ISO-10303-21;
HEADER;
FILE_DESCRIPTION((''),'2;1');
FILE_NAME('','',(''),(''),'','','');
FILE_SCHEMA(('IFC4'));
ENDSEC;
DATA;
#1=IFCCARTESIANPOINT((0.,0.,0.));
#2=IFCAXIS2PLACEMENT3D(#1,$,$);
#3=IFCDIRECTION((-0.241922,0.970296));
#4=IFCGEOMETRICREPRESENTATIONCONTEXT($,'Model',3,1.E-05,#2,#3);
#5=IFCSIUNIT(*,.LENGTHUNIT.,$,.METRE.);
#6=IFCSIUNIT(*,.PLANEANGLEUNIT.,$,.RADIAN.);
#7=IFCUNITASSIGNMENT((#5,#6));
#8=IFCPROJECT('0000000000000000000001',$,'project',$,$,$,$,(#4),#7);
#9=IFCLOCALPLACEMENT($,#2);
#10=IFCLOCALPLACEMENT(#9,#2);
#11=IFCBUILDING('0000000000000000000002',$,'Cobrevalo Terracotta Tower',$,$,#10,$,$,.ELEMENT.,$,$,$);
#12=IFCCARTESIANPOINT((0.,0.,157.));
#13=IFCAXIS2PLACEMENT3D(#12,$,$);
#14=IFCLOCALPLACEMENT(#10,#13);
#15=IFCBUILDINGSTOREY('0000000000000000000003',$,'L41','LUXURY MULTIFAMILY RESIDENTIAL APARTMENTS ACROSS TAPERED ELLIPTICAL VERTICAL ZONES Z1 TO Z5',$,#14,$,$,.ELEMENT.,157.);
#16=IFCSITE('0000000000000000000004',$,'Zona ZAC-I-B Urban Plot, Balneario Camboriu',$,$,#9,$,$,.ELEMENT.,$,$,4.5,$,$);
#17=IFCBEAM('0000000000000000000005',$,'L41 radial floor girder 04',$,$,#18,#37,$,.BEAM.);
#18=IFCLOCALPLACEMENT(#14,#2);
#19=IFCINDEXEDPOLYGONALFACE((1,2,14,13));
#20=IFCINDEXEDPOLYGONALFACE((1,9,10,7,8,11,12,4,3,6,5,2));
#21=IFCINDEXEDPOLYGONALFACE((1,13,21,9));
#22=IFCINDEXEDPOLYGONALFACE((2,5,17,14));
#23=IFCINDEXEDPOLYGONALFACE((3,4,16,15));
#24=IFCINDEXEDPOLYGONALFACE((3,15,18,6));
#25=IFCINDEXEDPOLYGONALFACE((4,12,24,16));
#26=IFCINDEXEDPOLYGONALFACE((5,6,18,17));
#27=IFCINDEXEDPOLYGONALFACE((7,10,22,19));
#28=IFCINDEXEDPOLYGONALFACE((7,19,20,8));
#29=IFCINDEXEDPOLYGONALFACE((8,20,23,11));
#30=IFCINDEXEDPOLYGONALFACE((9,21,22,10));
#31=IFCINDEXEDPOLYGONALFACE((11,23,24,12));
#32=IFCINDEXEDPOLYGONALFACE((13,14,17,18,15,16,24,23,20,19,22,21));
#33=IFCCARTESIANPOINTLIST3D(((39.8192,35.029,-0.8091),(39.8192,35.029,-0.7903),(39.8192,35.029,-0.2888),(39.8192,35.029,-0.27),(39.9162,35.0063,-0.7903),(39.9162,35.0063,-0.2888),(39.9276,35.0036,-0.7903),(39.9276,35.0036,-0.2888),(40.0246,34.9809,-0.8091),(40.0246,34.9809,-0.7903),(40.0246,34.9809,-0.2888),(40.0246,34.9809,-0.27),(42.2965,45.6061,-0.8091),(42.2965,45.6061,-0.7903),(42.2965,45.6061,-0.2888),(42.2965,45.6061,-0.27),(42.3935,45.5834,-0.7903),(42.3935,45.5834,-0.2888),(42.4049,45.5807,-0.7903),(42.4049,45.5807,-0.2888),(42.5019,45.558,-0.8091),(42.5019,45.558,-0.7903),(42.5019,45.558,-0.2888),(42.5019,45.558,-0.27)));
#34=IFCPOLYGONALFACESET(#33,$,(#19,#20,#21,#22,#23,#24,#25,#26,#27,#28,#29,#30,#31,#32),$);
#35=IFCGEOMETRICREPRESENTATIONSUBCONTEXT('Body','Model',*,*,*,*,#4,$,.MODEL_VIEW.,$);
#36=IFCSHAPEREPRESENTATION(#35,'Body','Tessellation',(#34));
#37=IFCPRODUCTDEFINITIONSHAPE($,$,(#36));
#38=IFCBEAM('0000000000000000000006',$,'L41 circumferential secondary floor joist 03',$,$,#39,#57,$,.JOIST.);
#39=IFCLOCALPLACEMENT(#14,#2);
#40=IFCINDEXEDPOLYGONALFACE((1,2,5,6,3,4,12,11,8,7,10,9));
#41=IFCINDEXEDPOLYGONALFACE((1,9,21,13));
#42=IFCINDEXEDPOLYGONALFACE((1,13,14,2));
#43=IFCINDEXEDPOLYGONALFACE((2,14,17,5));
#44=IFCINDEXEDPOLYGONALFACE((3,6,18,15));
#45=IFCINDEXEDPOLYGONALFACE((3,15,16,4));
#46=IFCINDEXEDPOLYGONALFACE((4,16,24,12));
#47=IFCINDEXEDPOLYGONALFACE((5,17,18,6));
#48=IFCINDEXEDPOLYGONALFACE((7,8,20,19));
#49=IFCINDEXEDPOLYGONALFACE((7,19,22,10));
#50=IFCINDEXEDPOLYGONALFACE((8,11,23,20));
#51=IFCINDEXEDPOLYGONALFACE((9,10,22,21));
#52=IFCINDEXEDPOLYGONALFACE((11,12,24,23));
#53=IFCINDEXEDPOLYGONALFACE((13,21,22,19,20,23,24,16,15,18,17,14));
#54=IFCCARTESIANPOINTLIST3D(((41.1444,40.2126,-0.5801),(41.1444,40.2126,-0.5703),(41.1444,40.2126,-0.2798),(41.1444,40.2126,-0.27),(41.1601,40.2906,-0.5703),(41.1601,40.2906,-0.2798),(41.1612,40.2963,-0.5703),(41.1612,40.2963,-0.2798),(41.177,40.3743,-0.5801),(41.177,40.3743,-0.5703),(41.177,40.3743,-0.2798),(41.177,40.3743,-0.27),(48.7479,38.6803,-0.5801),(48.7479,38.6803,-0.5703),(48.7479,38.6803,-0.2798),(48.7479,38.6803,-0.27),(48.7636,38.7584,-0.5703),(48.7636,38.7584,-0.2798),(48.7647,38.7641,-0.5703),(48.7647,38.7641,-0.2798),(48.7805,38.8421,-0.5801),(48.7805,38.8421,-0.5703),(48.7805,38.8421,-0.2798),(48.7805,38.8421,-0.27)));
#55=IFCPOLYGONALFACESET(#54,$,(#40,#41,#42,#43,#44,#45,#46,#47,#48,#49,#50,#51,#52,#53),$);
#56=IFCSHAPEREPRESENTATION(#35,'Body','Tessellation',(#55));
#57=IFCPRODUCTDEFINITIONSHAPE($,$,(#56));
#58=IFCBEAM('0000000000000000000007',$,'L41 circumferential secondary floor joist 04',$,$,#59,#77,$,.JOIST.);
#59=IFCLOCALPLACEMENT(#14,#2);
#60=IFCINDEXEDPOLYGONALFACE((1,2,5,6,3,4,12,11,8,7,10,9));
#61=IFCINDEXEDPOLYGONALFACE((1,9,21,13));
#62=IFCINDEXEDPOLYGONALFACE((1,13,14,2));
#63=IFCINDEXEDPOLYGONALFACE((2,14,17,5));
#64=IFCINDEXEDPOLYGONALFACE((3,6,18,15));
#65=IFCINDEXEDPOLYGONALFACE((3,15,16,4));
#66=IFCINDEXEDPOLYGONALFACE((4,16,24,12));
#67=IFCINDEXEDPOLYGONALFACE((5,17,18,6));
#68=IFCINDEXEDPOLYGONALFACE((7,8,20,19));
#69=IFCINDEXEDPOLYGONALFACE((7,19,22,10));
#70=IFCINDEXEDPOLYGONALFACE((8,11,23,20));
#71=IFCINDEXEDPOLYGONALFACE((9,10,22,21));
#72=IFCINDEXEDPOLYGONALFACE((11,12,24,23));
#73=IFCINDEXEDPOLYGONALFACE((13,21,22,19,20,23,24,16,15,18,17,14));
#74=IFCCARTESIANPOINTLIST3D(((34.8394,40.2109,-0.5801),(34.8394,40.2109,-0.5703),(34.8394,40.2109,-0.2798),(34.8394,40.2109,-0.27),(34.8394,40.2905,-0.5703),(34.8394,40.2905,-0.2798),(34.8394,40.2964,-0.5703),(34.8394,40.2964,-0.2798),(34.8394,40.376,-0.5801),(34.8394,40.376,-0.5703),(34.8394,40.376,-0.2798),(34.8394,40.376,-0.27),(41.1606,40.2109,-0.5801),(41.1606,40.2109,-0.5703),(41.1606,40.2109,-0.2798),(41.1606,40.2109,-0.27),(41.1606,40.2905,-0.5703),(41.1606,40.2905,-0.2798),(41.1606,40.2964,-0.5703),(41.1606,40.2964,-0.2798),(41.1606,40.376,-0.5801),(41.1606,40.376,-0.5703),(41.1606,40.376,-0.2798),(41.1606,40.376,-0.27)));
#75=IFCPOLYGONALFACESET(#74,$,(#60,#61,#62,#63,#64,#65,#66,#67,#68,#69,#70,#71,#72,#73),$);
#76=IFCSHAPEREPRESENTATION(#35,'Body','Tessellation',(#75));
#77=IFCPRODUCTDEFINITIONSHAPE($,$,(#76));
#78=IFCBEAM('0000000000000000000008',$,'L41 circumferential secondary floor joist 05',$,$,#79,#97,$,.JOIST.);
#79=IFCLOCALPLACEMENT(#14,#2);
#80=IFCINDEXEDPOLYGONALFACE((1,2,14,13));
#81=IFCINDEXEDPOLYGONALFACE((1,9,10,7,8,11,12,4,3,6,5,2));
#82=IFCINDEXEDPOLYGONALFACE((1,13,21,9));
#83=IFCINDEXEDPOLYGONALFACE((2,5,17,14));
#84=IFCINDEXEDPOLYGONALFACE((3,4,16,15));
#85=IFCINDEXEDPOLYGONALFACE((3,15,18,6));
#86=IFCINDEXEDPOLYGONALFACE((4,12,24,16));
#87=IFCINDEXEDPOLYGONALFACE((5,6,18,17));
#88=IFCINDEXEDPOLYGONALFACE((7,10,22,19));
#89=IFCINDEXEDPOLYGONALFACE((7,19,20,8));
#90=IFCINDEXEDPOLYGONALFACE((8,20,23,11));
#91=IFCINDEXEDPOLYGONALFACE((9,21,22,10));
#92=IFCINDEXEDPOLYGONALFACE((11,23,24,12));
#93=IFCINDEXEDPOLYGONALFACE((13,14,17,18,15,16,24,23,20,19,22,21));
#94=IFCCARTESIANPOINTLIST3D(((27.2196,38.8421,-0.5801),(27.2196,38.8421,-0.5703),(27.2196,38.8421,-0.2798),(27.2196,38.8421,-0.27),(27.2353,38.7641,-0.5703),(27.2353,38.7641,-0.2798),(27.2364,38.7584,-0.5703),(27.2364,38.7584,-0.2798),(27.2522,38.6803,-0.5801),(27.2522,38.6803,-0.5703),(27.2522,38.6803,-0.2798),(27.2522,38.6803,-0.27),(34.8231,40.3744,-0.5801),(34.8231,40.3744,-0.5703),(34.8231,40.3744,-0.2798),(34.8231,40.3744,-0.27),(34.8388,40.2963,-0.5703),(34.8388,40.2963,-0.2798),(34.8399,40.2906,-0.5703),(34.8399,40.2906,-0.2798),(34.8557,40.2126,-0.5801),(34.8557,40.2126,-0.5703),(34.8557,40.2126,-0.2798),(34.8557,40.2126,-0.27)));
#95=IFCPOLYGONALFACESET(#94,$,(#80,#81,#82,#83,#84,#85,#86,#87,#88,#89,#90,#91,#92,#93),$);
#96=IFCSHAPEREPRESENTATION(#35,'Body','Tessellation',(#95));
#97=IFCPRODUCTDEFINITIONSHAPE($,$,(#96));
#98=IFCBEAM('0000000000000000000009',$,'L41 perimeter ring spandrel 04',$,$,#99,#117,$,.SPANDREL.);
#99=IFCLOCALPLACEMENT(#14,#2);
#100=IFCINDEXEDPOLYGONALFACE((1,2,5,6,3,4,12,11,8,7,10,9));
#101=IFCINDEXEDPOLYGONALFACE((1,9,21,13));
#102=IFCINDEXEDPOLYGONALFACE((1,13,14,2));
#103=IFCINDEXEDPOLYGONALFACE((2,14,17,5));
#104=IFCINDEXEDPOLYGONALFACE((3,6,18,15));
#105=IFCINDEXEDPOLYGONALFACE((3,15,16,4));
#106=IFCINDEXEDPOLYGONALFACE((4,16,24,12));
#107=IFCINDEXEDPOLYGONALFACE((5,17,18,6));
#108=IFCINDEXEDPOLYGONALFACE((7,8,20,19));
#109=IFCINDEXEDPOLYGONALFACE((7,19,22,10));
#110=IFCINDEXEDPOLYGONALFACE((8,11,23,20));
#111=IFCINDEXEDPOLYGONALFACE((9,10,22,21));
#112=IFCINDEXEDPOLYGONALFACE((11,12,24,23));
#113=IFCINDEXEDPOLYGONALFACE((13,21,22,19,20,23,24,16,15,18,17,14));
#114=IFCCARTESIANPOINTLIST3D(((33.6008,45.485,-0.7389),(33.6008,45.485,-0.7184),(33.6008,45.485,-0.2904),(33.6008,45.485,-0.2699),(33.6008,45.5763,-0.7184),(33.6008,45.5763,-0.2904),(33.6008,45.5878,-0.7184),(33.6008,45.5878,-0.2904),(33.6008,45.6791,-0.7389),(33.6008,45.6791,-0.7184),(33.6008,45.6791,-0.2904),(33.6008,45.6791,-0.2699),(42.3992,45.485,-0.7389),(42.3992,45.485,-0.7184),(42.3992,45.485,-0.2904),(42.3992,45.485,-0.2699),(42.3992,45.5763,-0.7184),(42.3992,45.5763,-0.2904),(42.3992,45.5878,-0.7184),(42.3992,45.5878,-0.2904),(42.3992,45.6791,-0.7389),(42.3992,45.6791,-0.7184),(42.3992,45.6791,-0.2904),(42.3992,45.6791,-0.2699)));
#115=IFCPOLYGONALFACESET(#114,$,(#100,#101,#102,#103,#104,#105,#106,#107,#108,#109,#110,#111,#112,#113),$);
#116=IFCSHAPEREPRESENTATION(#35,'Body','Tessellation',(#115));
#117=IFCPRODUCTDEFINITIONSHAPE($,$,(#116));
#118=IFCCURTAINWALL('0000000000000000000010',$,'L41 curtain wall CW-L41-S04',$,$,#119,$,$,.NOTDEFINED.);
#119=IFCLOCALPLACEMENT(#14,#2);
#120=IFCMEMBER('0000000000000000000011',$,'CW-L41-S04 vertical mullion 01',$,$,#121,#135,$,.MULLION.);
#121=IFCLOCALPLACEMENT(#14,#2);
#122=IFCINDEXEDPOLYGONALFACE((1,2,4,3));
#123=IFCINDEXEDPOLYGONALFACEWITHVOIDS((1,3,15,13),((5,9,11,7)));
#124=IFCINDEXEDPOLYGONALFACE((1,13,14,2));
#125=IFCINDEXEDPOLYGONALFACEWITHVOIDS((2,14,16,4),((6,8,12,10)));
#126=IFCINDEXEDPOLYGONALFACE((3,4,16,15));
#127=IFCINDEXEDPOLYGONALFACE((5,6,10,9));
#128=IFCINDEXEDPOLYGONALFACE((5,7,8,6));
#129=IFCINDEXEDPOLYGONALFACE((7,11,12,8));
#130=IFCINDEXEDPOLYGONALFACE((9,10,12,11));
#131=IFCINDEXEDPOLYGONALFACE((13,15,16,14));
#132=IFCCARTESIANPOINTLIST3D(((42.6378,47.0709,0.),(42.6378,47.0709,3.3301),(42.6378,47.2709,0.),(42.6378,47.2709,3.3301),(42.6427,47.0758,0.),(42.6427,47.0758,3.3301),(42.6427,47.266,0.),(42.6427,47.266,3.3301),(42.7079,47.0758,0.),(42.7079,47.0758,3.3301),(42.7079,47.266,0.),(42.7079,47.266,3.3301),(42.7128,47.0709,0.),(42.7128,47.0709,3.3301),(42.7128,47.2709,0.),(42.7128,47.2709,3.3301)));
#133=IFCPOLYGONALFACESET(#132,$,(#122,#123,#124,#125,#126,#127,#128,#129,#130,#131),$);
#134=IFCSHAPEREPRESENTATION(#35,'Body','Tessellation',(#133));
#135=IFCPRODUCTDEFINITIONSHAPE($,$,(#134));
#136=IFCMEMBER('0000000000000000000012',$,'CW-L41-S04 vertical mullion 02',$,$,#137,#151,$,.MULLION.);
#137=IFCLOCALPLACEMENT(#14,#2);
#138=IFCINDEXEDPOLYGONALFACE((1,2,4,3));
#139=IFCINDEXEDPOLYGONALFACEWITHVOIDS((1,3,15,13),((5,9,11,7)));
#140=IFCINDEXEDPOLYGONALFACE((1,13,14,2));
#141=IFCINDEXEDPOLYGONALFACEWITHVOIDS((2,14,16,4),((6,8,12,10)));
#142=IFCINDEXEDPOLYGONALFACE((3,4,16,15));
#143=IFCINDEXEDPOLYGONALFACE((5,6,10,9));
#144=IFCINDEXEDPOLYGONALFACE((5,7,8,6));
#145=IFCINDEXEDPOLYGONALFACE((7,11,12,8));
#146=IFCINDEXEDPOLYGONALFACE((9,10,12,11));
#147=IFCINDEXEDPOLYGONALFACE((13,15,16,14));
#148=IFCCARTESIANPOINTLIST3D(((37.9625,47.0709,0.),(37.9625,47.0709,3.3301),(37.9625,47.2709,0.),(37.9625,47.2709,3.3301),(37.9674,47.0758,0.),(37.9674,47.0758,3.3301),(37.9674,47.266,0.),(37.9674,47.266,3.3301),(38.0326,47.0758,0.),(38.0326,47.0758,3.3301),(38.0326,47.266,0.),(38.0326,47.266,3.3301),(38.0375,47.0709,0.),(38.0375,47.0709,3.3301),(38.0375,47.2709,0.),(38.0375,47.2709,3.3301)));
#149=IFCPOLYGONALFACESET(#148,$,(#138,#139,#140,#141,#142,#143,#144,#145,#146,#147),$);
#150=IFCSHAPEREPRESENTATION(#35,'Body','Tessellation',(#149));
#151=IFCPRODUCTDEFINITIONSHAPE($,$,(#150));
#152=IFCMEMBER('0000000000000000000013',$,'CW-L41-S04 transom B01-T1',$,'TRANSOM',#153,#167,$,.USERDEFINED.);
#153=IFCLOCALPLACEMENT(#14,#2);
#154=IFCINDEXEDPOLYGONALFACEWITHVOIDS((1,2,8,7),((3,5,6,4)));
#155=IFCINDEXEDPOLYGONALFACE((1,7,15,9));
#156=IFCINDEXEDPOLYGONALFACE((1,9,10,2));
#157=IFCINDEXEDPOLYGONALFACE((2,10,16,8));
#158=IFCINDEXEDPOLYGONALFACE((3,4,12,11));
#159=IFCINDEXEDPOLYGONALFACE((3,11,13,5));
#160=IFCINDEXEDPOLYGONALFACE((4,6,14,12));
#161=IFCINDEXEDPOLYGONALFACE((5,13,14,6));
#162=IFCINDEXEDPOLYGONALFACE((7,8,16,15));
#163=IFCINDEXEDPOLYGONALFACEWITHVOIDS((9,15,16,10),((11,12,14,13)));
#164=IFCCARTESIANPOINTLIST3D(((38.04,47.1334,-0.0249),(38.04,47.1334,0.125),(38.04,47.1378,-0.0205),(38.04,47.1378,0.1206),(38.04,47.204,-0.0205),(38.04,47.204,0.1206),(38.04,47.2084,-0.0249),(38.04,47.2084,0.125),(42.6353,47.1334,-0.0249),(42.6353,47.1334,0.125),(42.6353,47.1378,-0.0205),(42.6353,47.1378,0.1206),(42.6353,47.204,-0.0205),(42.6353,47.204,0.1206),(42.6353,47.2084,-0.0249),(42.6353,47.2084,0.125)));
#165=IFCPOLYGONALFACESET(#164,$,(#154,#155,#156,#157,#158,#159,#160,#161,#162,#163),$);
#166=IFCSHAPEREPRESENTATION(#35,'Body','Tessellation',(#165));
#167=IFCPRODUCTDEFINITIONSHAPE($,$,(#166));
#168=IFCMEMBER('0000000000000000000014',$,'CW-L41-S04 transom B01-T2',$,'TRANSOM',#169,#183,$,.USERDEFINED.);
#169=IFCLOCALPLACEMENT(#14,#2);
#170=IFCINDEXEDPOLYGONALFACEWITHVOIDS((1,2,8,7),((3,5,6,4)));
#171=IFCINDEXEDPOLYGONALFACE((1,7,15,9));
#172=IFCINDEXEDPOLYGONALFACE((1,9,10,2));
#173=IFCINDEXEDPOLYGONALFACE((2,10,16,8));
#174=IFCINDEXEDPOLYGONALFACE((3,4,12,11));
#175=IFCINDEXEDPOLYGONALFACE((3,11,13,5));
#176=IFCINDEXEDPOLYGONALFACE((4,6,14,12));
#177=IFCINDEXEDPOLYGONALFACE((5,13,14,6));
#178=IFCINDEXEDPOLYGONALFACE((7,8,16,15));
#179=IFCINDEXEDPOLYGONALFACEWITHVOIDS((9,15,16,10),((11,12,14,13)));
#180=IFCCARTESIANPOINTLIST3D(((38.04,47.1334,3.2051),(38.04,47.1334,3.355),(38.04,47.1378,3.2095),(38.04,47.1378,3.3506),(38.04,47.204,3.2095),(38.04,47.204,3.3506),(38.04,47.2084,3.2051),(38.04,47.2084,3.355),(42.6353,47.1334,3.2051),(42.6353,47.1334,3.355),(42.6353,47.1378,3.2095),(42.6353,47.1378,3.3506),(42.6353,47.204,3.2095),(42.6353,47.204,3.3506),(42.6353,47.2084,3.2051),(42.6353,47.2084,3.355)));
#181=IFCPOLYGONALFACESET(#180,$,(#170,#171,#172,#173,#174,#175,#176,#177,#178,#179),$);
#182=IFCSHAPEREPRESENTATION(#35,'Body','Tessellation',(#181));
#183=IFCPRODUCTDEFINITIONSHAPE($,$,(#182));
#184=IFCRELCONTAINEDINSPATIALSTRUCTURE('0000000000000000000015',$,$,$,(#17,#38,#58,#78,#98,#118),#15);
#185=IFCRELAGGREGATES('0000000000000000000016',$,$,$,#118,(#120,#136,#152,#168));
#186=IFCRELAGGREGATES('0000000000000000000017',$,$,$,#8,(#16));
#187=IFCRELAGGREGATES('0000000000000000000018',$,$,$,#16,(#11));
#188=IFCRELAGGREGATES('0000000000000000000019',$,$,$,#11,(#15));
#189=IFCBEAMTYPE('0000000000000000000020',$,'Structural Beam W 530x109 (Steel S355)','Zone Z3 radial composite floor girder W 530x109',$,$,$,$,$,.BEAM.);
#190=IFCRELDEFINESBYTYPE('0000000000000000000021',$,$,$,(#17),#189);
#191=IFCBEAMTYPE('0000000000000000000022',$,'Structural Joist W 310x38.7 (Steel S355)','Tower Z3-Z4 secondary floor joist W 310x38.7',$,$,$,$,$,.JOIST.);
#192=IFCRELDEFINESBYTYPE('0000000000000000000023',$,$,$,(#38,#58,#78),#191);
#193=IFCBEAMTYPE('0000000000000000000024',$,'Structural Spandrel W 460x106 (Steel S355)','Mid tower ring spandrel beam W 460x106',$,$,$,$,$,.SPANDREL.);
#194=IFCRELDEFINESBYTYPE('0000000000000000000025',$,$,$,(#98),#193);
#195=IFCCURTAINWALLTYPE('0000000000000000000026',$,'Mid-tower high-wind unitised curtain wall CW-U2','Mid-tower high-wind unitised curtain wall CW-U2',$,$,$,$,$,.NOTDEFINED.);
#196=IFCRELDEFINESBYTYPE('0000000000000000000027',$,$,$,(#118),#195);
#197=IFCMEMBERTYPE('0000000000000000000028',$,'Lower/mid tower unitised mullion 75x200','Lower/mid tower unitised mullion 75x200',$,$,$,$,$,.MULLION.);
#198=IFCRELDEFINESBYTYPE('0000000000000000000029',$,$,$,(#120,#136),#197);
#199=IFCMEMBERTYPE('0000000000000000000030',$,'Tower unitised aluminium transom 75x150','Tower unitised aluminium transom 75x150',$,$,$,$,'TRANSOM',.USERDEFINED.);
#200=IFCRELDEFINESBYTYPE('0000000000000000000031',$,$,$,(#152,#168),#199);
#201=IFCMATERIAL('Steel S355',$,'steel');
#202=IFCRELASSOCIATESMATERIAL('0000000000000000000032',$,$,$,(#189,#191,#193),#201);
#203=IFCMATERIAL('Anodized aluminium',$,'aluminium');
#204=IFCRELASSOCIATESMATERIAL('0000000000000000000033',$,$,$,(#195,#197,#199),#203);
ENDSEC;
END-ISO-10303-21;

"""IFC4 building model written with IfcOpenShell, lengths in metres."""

from ifc_helpers import new_model, si_unit, direction, frame, origin, origin_2d, place, context, subcontext, project, spatial, hollow_rectangle, i_section, extrude, source, transform, mapped, material, material_profile, profile_set, type_object, element, aggregate, save


model = new_model("IFC4")

# Units and contexts
model_context = context("Model", 3, precision=1e-05, world=origin(), true_north=direction((-0.241922, 0.970296)))
body_context = subcontext(model_context, "Body", "Model", "MODEL_VIEW")
ifc_project = project(units=[si_unit("LENGTHUNIT", "METRE"), si_unit("PLANEANGLEUNIT", "RADIAN")], contexts=[model_context])

# Site, building, storey
site_placement = place(None, origin())
site = spatial("IfcSite", under=ifc_project, at=site_placement, Name="Zona ZAC-I-B Urban Plot, Balneario Camboriu", CompositionType="ELEMENT", RefElevation=4.5)
building_placement = place(site_placement, origin())
building = spatial("IfcBuilding", under=site, at=building_placement, Name="Cobrevalo Terracotta Tower", CompositionType="ELEMENT")
storey_placement = place(building_placement, frame((0.0, 0.0, 157.0)))
storey = spatial("IfcBuildingStorey", under=building, at=storey_placement, Name="L41", Description="LUXURY MULTIFAMILY RESIDENTIAL APARTMENTS ACROSS TAPERED ELLIPTICAL VERTICAL ZONES Z1 TO Z5", CompositionType="ELEMENT", Elevation=157.0)

# Shared definitions
ifc_material_1 = material(Name="Steel S355", Category="steel")

# Beams
ifc_material_profile_1 = material_profile(ifc_material_1, i_section(OverallWidth=0.2109, OverallDepth=0.5391, WebThickness=0.0117, FlangeThickness=0.0188, at=origin_2d()), Name="W 530x109")
ifc_profile_set_1 = profile_set([ifc_material_profile_1], Name="Steel S355")
beam_type_1 = type_object("IfcBeamType", Name="Structural Beam W 530x109 (Steel S355)", Description="Zone Z3 radial composite floor girder W 530x109", PredefinedType="BEAM", material=ifc_profile_set_1)
beam_1_placement = place(storey_placement, frame((42.3992, 45.582, -0.5396), z_axis=(-0.228041, -0.973652, 0.0), x_axis=(0.973652, -0.228041, 0.0)))
element("IfcBeam", 1, at=beam_1_placement, inside=storey, type_object=beam_type_1, Name="L41 radial floor girder 04", PredefinedType="BEAM", context=body_context, shape_type="SweptSolid", body=[
    extrude(i_section(OverallWidth=0.2109, OverallDepth=0.5391, WebThickness=0.0117, FlangeThickness=0.0188, at=origin_2d()), origin(), (0.0, 0.0, 1.0), 10.8633),
])
ifc_material_profile_2 = material_profile(ifc_material_1, i_section(OverallWidth=0.165, OverallDepth=0.3101, WebThickness=0.0059, FlangeThickness=0.0098, at=origin_2d()), Name="W 310x38.7")
ifc_profile_set_2 = profile_set([ifc_material_profile_2], Name="Steel S355")
beam_type_2 = type_object("IfcBeamType", Name="Structural Joist W 310x38.7 (Steel S355)", Description="Tower Z3-Z4 secondary floor joist W 310x38.7", PredefinedType="JOIST", material=ifc_profile_set_2)
beam_2_placement = place(storey_placement, frame((48.7642, 38.7612, -0.425), z_axis=(-0.980294, 0.197544, 0.0), x_axis=(-0.197544, -0.980294, 0.0)))
element("IfcBeam", 2, at=beam_2_placement, inside=storey, type_object=beam_type_2, Name="L41 circumferential secondary floor joist 03", PredefinedType="JOIST", context=body_context, shape_type="SweptSolid", body=[
    extrude(i_section(OverallWidth=0.165, OverallDepth=0.3101, WebThickness=0.0059, FlangeThickness=0.0098, at=origin_2d()), origin(), (0.0, 0.0, 1.0), 7.7563),
])
beam_3_placement = place(storey_placement, frame((41.1606, 40.2935, -0.425), z_axis=(-1.0, 0.0, 0.0), x_axis=(0.0, -1.0, 0.0)))
element("IfcBeam", 3, at=beam_3_placement, inside=storey, type_object=beam_type_2, Name="L41 circumferential secondary floor joist 04", PredefinedType="JOIST", context=body_context, shape_type="SweptSolid", body=[
    extrude(i_section(OverallWidth=0.165, OverallDepth=0.3101, WebThickness=0.0059, FlangeThickness=0.0098, at=origin_2d()), origin(), (0.0, 0.0, 1.0), 6.3213),
])
beam_4_placement = place(storey_placement, frame((34.8394, 40.2935, -0.425), z_axis=(-0.980294, -0.197544, 0.0), x_axis=(0.197544, -0.980294, 0.0)))
element("IfcBeam", 4, at=beam_4_placement, inside=storey, type_object=beam_type_2, Name="L41 circumferential secondary floor joist 05", PredefinedType="JOIST", context=body_context, shape_type="SweptSolid", body=[
    extrude(i_section(OverallWidth=0.165, OverallDepth=0.3101, WebThickness=0.0059, FlangeThickness=0.0098, at=origin_2d()), origin(), (0.0, 0.0, 1.0), 7.7563),
])
ifc_material_profile_3 = material_profile(ifc_material_1, i_section(OverallWidth=0.1941, OverallDepth=0.469, WebThickness=0.0115, FlangeThickness=0.0205, at=origin_2d()), Name="W 460x106")
ifc_profile_set_3 = profile_set([ifc_material_profile_3], Name="Steel S355")
beam_type_3 = type_object("IfcBeamType", Name="Structural Spandrel W 460x106 (Steel S355)", Description="Mid tower ring spandrel beam W 460x106", PredefinedType="SPANDREL", material=ifc_profile_set_3)
beam_5_placement = place(storey_placement, frame((42.3992, 45.582, -0.5044), z_axis=(-1.0, 0.0, 0.0), x_axis=(0.0, -1.0, 0.0)))
element("IfcBeam", 5, at=beam_5_placement, inside=storey, type_object=beam_type_3, Name="L41 perimeter ring spandrel 04", PredefinedType="SPANDREL", context=body_context, shape_type="SweptSolid", body=[
    extrude(i_section(OverallWidth=0.1941, OverallDepth=0.469, WebThickness=0.0115, FlangeThickness=0.0205, at=origin_2d()), origin(), (0.0, 0.0, 1.0), 8.7983),
])

# Curtain wall, members
ifc_material_2 = material(Name="Anodized aluminium", Category="aluminium")
curtain_wall_type = type_object("IfcCurtainWallType", Name="Mid-tower high-wind unitised curtain wall CW-U2", Description="Mid-tower high-wind unitised curtain wall CW-U2", PredefinedType="NOTDEFINED", material=ifc_material_2)
curtain_wall_placement = place(storey_placement, origin())
curtain_wall = element("IfcCurtainWall", 6, at=curtain_wall_placement, inside=storey, type_object=curtain_wall_type, Name="L41 curtain wall CW-L41-S04", PredefinedType="NOTDEFINED")
ifc_material_profile_4 = material_profile(ifc_material_2, hollow_rectangle(XDim=0.075, YDim=0.2, WallThickness=0.0049, at=origin_2d()), Name="CWM 75x200")
ifc_profile_set_4 = profile_set([ifc_material_profile_4], Name="Anodized aluminium")
member_type_1 = type_object("IfcMemberType", Name="Lower/mid tower unitised mullion 75x200", Description="Lower/mid tower unitised mullion 75x200", PredefinedType="MULLION", material=ifc_profile_set_4)
shared_shape_1 = source(origin(), body_context, "Body", "SweptSolid", [
    extrude(hollow_rectangle(XDim=0.075, YDim=0.2, WallThickness=0.0049, at=origin_2d()), origin(), (0.0, 0.0, 1.0), 3.3301),
])
member_1_placement = place(storey_placement, frame((42.6753, 47.1709, 0.0), z_axis=(0.0, 0.0, 1.0), x_axis=(-1.0, 0.0, 0.0)))
member_1 = element("IfcMember", 7, at=member_1_placement, type_object=member_type_1, Name="CW-L41-S04 vertical mullion 01", PredefinedType="MULLION", context=body_context, shape_type="MappedRepresentation", body=[
    mapped(shared_shape_1, transform((0.0, 0.0, 0.0), scale=1.0)),
])
member_2_placement = place(storey_placement, frame((38.0, 47.1709, 0.0), z_axis=(0.0, 0.0, 1.0), x_axis=(-1.0, 0.0, 0.0)))
member_2 = element("IfcMember", 8, at=member_2_placement, type_object=member_type_1, Name="CW-L41-S04 vertical mullion 02", PredefinedType="MULLION", context=body_context, shape_type="MappedRepresentation", body=[
    mapped(shared_shape_1, transform((0.0, 0.0, 0.0), scale=1.0)),
])
ifc_material_profile_5 = material_profile(ifc_material_2, hollow_rectangle(XDim=0.075, YDim=0.1499, WallThickness=0.0044, at=origin_2d()), Name="CWT 75x150")
ifc_profile_set_5 = profile_set([ifc_material_profile_5], Name="Anodized aluminium")
member_type_2 = type_object("IfcMemberType", Name="Tower unitised aluminium transom 75x150", Description="Tower unitised aluminium transom 75x150", ElementType="TRANSOM", PredefinedType="USERDEFINED", material=ifc_profile_set_5)
shared_shape_2 = source(origin(), body_context, "Body", "SweptSolid", [
    extrude(hollow_rectangle(XDim=0.075, YDim=0.1499, WallThickness=0.0044, at=origin_2d()), origin(), (0.0, 0.0, 1.0), 4.5952),
])
member_3_placement = place(storey_placement, frame((42.6353, 47.1709, 0.05), z_axis=(-1.0, 0.0, 0.0), x_axis=(0.0, -1.0, 0.0)))
member_3 = element("IfcMember", 9, at=member_3_placement, type_object=member_type_2, Name="CW-L41-S04 transom B01-T1", ObjectType="TRANSOM", PredefinedType="USERDEFINED", context=body_context, shape_type="MappedRepresentation", body=[
    mapped(shared_shape_2, transform((0.0, 0.0, 0.0), scale=1.0)),
])
member_4_placement = place(storey_placement, frame((42.6353, 47.1709, 3.28), z_axis=(-1.0, 0.0, 0.0), x_axis=(0.0, -1.0, 0.0)))
member_4 = element("IfcMember", 10, at=member_4_placement, type_object=member_type_2, Name="CW-L41-S04 transom B01-T2", ObjectType="TRANSOM", PredefinedType="USERDEFINED", context=body_context, shape_type="MappedRepresentation", body=[
    mapped(shared_shape_2, transform((0.0, 0.0, 0.0), scale=1.0)),
])
aggregate(curtain_wall, [member_1, member_2, member_3, member_4])

save(model, "model.ifc")
